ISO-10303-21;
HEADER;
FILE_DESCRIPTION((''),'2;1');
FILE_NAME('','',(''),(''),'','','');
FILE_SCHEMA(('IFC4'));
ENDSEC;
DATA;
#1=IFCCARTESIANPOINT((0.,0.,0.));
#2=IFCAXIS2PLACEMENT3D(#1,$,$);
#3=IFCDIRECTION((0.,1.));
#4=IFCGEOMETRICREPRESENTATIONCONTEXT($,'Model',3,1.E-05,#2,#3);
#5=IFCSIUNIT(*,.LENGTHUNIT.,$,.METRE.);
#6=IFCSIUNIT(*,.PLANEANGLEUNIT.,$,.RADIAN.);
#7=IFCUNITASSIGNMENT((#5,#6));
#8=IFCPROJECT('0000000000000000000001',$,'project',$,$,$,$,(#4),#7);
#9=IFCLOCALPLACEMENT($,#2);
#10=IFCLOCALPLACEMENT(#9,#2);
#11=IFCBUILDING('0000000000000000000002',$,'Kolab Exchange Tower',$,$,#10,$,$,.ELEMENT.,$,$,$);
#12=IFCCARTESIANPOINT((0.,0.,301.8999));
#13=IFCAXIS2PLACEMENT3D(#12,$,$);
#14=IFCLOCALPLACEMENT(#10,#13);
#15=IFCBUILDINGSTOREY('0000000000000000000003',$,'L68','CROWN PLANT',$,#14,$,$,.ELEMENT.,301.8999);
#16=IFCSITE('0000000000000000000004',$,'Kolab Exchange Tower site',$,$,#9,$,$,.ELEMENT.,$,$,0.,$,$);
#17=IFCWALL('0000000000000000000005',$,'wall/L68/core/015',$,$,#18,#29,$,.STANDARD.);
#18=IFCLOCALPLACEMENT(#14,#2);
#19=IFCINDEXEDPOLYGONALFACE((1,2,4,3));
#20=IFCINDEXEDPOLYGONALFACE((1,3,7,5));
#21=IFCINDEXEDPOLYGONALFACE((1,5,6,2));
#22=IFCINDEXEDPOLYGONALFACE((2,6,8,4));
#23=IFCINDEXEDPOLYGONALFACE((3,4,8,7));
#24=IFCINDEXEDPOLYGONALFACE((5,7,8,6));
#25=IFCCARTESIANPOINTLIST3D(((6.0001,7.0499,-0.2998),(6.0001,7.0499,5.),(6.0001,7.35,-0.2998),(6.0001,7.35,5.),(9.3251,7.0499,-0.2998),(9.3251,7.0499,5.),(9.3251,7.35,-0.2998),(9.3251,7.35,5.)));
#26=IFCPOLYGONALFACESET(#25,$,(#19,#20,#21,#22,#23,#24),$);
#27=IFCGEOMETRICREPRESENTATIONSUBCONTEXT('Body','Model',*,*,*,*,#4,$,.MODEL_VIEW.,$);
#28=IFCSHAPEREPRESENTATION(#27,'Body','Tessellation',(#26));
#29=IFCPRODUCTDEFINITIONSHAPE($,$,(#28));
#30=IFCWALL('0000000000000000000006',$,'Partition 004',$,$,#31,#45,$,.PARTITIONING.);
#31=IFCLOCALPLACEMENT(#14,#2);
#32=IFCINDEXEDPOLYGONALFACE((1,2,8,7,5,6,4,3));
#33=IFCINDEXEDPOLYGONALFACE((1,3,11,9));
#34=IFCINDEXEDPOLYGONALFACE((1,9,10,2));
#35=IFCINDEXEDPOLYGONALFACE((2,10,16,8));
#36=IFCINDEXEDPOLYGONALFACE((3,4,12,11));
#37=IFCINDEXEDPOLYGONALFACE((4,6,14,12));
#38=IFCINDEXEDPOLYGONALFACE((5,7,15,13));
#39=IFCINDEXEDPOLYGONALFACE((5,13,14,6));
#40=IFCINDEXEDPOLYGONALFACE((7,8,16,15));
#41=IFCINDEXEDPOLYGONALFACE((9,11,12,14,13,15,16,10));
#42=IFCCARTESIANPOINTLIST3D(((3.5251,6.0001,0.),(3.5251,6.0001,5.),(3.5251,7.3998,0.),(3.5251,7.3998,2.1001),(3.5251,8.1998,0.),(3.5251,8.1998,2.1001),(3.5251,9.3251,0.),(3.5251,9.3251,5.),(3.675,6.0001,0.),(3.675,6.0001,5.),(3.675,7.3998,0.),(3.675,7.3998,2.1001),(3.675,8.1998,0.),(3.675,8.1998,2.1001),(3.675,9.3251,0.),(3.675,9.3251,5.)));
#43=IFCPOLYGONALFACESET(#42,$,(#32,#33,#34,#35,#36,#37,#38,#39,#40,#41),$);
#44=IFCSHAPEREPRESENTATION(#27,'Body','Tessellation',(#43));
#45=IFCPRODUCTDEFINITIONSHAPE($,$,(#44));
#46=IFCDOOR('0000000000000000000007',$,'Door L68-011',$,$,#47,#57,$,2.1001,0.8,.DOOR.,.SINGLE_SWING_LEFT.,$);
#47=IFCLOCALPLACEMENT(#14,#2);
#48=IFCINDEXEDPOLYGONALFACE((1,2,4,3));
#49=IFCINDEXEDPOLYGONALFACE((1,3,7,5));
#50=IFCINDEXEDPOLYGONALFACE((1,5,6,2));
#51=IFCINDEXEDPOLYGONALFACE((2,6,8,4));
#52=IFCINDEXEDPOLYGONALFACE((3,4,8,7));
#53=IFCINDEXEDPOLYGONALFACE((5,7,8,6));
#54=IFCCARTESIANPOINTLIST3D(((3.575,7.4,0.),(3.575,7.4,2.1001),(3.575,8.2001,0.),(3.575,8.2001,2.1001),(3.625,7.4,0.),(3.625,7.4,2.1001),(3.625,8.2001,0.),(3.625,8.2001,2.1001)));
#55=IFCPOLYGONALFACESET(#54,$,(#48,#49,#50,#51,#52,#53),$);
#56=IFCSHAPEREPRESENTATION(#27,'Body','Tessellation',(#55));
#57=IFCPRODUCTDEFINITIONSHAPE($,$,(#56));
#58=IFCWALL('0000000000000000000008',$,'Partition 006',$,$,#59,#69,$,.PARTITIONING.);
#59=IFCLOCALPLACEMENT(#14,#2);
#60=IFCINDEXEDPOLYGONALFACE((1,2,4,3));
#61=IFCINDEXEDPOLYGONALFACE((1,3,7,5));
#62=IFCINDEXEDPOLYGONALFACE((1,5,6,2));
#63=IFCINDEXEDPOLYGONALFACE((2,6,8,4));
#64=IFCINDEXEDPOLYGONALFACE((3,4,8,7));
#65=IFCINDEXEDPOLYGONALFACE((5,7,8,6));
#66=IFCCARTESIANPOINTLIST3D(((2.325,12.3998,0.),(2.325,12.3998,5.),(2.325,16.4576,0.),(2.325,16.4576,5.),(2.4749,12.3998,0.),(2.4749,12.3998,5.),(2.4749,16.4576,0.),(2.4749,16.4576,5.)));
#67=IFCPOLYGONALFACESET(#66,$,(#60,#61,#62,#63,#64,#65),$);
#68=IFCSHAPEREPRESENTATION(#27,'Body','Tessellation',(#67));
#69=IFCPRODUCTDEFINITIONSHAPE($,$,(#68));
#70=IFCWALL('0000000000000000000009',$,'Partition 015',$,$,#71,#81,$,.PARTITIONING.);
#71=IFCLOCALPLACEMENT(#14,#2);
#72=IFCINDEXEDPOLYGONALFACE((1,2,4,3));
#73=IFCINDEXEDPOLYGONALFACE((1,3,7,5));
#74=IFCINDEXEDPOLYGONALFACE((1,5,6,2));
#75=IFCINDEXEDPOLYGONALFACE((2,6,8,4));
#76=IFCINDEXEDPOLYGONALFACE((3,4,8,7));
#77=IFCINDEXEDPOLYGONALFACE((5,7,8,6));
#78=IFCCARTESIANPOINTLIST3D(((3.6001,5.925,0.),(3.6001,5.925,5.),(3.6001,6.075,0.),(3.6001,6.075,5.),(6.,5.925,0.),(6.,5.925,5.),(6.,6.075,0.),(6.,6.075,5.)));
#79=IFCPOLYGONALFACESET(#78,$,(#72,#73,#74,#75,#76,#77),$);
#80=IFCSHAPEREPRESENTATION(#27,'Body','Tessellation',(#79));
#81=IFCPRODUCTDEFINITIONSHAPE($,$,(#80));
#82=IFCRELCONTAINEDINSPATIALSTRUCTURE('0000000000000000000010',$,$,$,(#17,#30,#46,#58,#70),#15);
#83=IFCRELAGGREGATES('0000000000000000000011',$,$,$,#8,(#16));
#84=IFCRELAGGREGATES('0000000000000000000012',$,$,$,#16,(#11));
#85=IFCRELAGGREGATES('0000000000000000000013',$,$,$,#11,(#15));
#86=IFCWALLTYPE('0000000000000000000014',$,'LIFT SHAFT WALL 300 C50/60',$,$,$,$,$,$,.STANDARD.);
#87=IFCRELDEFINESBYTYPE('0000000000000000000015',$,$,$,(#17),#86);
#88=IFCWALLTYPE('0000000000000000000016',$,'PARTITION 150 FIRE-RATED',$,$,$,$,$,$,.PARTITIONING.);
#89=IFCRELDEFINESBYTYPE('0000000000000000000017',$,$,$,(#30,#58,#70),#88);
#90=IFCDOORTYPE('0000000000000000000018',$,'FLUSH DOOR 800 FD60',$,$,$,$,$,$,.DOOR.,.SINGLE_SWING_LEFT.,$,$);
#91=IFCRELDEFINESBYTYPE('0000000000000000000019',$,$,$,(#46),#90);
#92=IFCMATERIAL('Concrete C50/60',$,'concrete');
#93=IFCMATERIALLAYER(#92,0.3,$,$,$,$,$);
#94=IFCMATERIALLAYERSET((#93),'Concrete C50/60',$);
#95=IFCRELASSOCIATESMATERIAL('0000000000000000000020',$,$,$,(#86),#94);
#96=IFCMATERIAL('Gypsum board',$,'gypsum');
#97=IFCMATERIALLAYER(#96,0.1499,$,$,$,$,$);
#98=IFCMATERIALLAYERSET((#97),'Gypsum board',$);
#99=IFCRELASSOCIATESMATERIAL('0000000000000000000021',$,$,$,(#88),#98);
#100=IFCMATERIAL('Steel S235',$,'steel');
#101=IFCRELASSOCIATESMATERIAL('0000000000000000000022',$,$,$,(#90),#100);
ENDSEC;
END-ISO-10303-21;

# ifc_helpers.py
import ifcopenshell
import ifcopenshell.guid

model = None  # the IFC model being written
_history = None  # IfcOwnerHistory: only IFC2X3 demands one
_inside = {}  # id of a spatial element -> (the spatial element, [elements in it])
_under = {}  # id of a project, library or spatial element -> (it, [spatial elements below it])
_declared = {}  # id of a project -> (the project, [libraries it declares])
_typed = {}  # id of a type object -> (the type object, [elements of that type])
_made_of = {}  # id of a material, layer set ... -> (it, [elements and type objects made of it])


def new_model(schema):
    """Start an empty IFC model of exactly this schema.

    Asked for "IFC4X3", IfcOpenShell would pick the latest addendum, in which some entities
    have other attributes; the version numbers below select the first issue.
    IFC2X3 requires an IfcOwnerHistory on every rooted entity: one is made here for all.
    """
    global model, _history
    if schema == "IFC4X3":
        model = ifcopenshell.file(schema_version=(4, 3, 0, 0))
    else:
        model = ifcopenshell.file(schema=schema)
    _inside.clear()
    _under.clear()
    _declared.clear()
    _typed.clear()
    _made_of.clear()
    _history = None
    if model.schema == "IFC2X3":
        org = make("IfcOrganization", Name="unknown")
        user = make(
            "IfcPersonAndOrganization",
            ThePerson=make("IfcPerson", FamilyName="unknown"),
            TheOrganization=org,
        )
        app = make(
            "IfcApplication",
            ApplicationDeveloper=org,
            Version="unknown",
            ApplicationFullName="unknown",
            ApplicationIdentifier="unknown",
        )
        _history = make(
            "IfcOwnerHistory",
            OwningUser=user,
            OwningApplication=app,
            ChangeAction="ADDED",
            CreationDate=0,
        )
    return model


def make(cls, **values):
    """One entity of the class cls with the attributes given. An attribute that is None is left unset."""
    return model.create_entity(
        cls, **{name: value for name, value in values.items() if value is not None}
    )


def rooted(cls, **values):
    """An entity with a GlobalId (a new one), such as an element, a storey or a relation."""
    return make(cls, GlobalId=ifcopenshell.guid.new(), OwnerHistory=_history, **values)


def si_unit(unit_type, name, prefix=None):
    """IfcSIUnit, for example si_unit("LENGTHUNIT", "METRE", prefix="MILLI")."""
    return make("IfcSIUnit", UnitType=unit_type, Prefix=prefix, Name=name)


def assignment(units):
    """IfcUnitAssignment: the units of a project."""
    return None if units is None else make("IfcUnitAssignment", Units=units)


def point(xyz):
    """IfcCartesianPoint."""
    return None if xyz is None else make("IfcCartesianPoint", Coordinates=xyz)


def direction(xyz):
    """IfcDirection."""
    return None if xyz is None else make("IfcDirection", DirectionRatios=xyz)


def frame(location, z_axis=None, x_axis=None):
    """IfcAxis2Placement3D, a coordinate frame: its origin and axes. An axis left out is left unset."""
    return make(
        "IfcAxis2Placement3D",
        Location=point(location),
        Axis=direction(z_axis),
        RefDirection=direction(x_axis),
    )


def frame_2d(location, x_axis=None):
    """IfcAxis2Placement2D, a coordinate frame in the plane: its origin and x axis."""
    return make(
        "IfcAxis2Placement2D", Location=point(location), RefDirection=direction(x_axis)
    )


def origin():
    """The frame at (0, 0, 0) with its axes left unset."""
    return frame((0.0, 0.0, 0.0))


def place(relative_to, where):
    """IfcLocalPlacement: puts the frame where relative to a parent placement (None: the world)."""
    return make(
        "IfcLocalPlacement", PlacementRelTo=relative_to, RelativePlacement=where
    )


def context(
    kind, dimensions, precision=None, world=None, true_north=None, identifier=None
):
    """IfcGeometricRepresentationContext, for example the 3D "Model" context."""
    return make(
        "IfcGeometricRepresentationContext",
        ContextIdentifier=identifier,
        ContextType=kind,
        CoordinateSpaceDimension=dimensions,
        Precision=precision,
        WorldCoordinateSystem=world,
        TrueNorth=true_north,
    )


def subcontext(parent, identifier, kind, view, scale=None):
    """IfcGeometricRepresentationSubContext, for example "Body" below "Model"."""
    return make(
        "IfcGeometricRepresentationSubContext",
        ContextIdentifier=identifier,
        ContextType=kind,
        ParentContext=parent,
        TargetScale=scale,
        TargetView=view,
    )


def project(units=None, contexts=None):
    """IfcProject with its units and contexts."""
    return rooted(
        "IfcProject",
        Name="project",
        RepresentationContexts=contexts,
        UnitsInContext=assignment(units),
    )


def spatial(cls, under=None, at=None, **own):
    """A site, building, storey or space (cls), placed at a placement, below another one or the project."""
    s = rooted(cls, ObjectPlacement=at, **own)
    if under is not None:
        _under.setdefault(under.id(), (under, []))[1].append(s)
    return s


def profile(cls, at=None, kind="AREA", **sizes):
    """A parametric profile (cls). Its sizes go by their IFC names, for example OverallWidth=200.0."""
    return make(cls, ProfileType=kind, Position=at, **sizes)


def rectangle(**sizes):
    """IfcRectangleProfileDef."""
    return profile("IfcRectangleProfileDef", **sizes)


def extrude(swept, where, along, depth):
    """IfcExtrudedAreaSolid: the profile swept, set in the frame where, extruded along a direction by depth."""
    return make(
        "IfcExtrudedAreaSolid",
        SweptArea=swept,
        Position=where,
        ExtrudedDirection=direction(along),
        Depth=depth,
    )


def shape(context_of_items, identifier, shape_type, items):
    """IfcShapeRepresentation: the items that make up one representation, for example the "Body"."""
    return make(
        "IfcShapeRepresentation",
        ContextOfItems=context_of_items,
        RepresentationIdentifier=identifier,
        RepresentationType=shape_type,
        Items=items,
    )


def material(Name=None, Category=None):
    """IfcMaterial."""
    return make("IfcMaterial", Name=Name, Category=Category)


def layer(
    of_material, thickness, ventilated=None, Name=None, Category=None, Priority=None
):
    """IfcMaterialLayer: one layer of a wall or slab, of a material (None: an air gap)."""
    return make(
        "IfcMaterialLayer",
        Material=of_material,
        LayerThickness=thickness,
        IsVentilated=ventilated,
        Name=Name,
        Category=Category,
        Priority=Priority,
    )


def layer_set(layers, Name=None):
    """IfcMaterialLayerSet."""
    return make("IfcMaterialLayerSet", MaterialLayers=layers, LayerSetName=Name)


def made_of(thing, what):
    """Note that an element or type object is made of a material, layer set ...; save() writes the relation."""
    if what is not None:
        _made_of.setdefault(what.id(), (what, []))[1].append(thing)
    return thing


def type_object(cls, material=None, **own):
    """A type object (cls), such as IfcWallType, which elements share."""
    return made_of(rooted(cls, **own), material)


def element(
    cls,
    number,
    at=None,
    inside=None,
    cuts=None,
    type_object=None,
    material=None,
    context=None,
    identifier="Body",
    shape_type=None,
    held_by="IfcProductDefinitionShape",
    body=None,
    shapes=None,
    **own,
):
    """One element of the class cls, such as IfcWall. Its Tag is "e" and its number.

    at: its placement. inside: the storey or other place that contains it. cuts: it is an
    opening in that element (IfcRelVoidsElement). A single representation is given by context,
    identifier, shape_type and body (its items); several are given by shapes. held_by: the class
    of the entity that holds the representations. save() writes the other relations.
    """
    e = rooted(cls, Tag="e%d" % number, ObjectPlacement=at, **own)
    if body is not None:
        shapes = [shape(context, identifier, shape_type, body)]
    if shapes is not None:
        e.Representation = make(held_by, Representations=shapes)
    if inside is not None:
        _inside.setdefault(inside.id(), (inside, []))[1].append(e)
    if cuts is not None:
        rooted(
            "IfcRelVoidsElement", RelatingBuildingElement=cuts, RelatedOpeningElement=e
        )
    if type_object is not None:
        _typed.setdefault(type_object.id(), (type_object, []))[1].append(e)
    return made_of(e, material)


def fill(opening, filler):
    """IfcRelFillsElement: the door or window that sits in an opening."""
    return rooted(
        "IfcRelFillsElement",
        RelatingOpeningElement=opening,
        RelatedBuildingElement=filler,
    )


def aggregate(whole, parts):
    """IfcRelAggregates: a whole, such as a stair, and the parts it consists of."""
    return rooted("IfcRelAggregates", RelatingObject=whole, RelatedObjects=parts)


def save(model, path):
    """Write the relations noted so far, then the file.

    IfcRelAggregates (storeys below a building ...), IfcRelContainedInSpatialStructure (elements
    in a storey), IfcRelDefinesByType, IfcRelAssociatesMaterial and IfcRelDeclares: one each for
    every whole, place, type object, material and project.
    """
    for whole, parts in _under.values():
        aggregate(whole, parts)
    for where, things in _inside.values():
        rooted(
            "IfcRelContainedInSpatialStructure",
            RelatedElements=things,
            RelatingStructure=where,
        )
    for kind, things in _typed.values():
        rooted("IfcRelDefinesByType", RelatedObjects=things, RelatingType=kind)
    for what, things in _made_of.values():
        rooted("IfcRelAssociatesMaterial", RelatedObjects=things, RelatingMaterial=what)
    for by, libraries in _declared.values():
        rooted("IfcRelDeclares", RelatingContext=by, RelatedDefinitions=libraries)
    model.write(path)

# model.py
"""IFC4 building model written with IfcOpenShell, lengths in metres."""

from ifc_helpers import new_model, si_unit, direction, frame, frame_2d, origin, place, context, subcontext, project, spatial, rectangle, extrude, material, layer, layer_set, type_object, element, fill, save


model = new_model("IFC4")

# Units and contexts
model_context = context("Model", 3, precision=1e-05, world=origin(), true_north=direction((0.0, 1.0)))
body_context = subcontext(model_context, "Body", "Model", "MODEL_VIEW")
ifc_project = project(units=[si_unit("LENGTHUNIT", "METRE"), si_unit("PLANEANGLEUNIT", "RADIAN")], contexts=[model_context])

# Site, building, storey
site_placement = place(None, origin())
site = spatial("IfcSite", under=ifc_project, at=site_placement, Name="Kolab Exchange Tower site", CompositionType="ELEMENT", RefElevation=0.0)
building_placement = place(site_placement, origin())
building = spatial("IfcBuilding", under=site, at=building_placement, Name="Kolab Exchange Tower", CompositionType="ELEMENT")
storey_placement = place(building_placement, frame((0.0, 0.0, 301.8999)))
storey = spatial("IfcBuildingStorey", under=building, at=storey_placement, Name="L68", Description="CROWN PLANT", CompositionType="ELEMENT", Elevation=301.8999)

# Shared definitions
ifc_material_1 = material(Name="Concrete C50/60", Category="concrete")

# Wall
ifc_layer_1 = layer(ifc_material_1, 0.3)
ifc_layer_set_1 = layer_set([ifc_layer_1], Name="Concrete C50/60")
wall_type_1 = type_object("IfcWallType", Name="LIFT SHAFT WALL 300 C50/60", PredefinedType="STANDARD", material=ifc_layer_set_1)
wall_1_placement = place(storey_placement, frame((6.0, 7.2, -0.2998), z_axis=(0.0, 0.0, 1.0), x_axis=(1.0, 0.0, 0.0)))
element("IfcWall", 1, at=wall_1_placement, inside=storey, type_object=wall_type_1, Name="wall/L68/core/015", PredefinedType="STANDARD", context=body_context, shape_type="SweptSolid", body=[
    extrude(rectangle(XDim=3.325, YDim=0.3, at=frame_2d((1.6626, 0.0))), origin(), (0.0, 0.0, 1.0), 5.2998),
])

# Wall, opening, door
ifc_material_2 = material(Name="Gypsum board", Category="gypsum")
ifc_layer_2 = layer(ifc_material_2, 0.1499)
ifc_layer_set_2 = layer_set([ifc_layer_2], Name="Gypsum board")
wall_type_2 = type_object("IfcWallType", Name="PARTITION 150 FIRE-RATED", PredefinedType="PARTITIONING", material=ifc_layer_set_2)
wall_2_placement = place(storey_placement, frame((3.6001, 6.0, 0.0), z_axis=(0.0, 0.0, 1.0), x_axis=(0.0, 1.0, 0.0)))
wall_2 = element("IfcWall", 2, at=wall_2_placement, inside=storey, type_object=wall_type_2, Name="Partition 004", PredefinedType="PARTITIONING", context=body_context, shape_type="SweptSolid", body=[
    extrude(rectangle(XDim=3.325, YDim=0.1499, at=frame_2d((1.6626, 0.0))), origin(), (0.0, 0.0, 1.0), 5.0),
])
opening_placement = place(wall_2_placement, frame((1.3999, 0.0, 0.0)))
opening = element("IfcOpeningElement", 3, at=opening_placement, cuts=wall_2, PredefinedType="OPENING", context=body_context, shape_type="SweptSolid", body=[
    extrude(rectangle(XDim=0.8, YDim=2.1001, at=frame_2d((0.3999, 1.05))), frame((0.0, 0.085, 0.0), z_axis=(0.0, -1.0, 0.0), x_axis=(1.0, 0.0, 0.0)), (0.0, 0.0, 1.0), 0.1699),
])
ifc_material_3 = material(Name="Steel S235", Category="steel")
door_type = type_object("IfcDoorType", Name="FLUSH DOOR 800 FD60", OperationType="SINGLE_SWING_LEFT", PredefinedType="DOOR", material=ifc_material_3)
door_placement = place(opening_placement, frame((0.8, 0.0, 0.0), z_axis=(0.0, 0.0, 1.0), x_axis=(-1.0, 0.0, 0.0)))
door = element("IfcDoor", 4, at=door_placement, inside=storey, type_object=door_type, Name="Door L68-011", OperationType="SINGLE_SWING_LEFT", OverallHeight=2.1001, OverallWidth=0.8, PredefinedType="DOOR", context=body_context, shape_type="SweptSolid", body=[
    extrude(rectangle(XDim=0.8, YDim=2.1001, at=frame_2d((0.3999, 1.05))), frame((0.0, 0.0249, 0.0), z_axis=(0.0, -1.0, 0.0), x_axis=(1.0, 0.0, 0.0)), (0.0, 0.0, 1.0), 0.05),
])
fill(opening, door)

# Walls
wall_3_placement = place(storey_placement, frame((2.3999, 12.3999, 0.0), z_axis=(0.0, 0.0, 1.0), x_axis=(0.0, 1.0, 0.0)))
element("IfcWall", 5, at=wall_3_placement, inside=storey, type_object=wall_type_2, Name="Partition 006", PredefinedType="PARTITIONING", context=body_context, shape_type="SweptSolid", body=[
    extrude(rectangle(XDim=4.0579, YDim=0.1499, at=frame_2d((2.0288, 0.0))), origin(), (0.0, 0.0, 1.0), 5.0),
])
wall_4_placement = place(storey_placement, frame((3.6001, 6.0, 0.0), z_axis=(0.0, 0.0, 1.0), x_axis=(1.0, 0.0, 0.0)))
element("IfcWall", 6, at=wall_4_placement, inside=storey, type_object=wall_type_2, Name="Partition 015", PredefinedType="PARTITIONING", context=body_context, shape_type="SweptSolid", body=[
    extrude(rectangle(XDim=2.3999, YDim=0.1499, at=frame_2d((1.2, 0.0))), origin(), (0.0, 0.0, 1.0), 5.0),
])

save(model, "model.ifc")
